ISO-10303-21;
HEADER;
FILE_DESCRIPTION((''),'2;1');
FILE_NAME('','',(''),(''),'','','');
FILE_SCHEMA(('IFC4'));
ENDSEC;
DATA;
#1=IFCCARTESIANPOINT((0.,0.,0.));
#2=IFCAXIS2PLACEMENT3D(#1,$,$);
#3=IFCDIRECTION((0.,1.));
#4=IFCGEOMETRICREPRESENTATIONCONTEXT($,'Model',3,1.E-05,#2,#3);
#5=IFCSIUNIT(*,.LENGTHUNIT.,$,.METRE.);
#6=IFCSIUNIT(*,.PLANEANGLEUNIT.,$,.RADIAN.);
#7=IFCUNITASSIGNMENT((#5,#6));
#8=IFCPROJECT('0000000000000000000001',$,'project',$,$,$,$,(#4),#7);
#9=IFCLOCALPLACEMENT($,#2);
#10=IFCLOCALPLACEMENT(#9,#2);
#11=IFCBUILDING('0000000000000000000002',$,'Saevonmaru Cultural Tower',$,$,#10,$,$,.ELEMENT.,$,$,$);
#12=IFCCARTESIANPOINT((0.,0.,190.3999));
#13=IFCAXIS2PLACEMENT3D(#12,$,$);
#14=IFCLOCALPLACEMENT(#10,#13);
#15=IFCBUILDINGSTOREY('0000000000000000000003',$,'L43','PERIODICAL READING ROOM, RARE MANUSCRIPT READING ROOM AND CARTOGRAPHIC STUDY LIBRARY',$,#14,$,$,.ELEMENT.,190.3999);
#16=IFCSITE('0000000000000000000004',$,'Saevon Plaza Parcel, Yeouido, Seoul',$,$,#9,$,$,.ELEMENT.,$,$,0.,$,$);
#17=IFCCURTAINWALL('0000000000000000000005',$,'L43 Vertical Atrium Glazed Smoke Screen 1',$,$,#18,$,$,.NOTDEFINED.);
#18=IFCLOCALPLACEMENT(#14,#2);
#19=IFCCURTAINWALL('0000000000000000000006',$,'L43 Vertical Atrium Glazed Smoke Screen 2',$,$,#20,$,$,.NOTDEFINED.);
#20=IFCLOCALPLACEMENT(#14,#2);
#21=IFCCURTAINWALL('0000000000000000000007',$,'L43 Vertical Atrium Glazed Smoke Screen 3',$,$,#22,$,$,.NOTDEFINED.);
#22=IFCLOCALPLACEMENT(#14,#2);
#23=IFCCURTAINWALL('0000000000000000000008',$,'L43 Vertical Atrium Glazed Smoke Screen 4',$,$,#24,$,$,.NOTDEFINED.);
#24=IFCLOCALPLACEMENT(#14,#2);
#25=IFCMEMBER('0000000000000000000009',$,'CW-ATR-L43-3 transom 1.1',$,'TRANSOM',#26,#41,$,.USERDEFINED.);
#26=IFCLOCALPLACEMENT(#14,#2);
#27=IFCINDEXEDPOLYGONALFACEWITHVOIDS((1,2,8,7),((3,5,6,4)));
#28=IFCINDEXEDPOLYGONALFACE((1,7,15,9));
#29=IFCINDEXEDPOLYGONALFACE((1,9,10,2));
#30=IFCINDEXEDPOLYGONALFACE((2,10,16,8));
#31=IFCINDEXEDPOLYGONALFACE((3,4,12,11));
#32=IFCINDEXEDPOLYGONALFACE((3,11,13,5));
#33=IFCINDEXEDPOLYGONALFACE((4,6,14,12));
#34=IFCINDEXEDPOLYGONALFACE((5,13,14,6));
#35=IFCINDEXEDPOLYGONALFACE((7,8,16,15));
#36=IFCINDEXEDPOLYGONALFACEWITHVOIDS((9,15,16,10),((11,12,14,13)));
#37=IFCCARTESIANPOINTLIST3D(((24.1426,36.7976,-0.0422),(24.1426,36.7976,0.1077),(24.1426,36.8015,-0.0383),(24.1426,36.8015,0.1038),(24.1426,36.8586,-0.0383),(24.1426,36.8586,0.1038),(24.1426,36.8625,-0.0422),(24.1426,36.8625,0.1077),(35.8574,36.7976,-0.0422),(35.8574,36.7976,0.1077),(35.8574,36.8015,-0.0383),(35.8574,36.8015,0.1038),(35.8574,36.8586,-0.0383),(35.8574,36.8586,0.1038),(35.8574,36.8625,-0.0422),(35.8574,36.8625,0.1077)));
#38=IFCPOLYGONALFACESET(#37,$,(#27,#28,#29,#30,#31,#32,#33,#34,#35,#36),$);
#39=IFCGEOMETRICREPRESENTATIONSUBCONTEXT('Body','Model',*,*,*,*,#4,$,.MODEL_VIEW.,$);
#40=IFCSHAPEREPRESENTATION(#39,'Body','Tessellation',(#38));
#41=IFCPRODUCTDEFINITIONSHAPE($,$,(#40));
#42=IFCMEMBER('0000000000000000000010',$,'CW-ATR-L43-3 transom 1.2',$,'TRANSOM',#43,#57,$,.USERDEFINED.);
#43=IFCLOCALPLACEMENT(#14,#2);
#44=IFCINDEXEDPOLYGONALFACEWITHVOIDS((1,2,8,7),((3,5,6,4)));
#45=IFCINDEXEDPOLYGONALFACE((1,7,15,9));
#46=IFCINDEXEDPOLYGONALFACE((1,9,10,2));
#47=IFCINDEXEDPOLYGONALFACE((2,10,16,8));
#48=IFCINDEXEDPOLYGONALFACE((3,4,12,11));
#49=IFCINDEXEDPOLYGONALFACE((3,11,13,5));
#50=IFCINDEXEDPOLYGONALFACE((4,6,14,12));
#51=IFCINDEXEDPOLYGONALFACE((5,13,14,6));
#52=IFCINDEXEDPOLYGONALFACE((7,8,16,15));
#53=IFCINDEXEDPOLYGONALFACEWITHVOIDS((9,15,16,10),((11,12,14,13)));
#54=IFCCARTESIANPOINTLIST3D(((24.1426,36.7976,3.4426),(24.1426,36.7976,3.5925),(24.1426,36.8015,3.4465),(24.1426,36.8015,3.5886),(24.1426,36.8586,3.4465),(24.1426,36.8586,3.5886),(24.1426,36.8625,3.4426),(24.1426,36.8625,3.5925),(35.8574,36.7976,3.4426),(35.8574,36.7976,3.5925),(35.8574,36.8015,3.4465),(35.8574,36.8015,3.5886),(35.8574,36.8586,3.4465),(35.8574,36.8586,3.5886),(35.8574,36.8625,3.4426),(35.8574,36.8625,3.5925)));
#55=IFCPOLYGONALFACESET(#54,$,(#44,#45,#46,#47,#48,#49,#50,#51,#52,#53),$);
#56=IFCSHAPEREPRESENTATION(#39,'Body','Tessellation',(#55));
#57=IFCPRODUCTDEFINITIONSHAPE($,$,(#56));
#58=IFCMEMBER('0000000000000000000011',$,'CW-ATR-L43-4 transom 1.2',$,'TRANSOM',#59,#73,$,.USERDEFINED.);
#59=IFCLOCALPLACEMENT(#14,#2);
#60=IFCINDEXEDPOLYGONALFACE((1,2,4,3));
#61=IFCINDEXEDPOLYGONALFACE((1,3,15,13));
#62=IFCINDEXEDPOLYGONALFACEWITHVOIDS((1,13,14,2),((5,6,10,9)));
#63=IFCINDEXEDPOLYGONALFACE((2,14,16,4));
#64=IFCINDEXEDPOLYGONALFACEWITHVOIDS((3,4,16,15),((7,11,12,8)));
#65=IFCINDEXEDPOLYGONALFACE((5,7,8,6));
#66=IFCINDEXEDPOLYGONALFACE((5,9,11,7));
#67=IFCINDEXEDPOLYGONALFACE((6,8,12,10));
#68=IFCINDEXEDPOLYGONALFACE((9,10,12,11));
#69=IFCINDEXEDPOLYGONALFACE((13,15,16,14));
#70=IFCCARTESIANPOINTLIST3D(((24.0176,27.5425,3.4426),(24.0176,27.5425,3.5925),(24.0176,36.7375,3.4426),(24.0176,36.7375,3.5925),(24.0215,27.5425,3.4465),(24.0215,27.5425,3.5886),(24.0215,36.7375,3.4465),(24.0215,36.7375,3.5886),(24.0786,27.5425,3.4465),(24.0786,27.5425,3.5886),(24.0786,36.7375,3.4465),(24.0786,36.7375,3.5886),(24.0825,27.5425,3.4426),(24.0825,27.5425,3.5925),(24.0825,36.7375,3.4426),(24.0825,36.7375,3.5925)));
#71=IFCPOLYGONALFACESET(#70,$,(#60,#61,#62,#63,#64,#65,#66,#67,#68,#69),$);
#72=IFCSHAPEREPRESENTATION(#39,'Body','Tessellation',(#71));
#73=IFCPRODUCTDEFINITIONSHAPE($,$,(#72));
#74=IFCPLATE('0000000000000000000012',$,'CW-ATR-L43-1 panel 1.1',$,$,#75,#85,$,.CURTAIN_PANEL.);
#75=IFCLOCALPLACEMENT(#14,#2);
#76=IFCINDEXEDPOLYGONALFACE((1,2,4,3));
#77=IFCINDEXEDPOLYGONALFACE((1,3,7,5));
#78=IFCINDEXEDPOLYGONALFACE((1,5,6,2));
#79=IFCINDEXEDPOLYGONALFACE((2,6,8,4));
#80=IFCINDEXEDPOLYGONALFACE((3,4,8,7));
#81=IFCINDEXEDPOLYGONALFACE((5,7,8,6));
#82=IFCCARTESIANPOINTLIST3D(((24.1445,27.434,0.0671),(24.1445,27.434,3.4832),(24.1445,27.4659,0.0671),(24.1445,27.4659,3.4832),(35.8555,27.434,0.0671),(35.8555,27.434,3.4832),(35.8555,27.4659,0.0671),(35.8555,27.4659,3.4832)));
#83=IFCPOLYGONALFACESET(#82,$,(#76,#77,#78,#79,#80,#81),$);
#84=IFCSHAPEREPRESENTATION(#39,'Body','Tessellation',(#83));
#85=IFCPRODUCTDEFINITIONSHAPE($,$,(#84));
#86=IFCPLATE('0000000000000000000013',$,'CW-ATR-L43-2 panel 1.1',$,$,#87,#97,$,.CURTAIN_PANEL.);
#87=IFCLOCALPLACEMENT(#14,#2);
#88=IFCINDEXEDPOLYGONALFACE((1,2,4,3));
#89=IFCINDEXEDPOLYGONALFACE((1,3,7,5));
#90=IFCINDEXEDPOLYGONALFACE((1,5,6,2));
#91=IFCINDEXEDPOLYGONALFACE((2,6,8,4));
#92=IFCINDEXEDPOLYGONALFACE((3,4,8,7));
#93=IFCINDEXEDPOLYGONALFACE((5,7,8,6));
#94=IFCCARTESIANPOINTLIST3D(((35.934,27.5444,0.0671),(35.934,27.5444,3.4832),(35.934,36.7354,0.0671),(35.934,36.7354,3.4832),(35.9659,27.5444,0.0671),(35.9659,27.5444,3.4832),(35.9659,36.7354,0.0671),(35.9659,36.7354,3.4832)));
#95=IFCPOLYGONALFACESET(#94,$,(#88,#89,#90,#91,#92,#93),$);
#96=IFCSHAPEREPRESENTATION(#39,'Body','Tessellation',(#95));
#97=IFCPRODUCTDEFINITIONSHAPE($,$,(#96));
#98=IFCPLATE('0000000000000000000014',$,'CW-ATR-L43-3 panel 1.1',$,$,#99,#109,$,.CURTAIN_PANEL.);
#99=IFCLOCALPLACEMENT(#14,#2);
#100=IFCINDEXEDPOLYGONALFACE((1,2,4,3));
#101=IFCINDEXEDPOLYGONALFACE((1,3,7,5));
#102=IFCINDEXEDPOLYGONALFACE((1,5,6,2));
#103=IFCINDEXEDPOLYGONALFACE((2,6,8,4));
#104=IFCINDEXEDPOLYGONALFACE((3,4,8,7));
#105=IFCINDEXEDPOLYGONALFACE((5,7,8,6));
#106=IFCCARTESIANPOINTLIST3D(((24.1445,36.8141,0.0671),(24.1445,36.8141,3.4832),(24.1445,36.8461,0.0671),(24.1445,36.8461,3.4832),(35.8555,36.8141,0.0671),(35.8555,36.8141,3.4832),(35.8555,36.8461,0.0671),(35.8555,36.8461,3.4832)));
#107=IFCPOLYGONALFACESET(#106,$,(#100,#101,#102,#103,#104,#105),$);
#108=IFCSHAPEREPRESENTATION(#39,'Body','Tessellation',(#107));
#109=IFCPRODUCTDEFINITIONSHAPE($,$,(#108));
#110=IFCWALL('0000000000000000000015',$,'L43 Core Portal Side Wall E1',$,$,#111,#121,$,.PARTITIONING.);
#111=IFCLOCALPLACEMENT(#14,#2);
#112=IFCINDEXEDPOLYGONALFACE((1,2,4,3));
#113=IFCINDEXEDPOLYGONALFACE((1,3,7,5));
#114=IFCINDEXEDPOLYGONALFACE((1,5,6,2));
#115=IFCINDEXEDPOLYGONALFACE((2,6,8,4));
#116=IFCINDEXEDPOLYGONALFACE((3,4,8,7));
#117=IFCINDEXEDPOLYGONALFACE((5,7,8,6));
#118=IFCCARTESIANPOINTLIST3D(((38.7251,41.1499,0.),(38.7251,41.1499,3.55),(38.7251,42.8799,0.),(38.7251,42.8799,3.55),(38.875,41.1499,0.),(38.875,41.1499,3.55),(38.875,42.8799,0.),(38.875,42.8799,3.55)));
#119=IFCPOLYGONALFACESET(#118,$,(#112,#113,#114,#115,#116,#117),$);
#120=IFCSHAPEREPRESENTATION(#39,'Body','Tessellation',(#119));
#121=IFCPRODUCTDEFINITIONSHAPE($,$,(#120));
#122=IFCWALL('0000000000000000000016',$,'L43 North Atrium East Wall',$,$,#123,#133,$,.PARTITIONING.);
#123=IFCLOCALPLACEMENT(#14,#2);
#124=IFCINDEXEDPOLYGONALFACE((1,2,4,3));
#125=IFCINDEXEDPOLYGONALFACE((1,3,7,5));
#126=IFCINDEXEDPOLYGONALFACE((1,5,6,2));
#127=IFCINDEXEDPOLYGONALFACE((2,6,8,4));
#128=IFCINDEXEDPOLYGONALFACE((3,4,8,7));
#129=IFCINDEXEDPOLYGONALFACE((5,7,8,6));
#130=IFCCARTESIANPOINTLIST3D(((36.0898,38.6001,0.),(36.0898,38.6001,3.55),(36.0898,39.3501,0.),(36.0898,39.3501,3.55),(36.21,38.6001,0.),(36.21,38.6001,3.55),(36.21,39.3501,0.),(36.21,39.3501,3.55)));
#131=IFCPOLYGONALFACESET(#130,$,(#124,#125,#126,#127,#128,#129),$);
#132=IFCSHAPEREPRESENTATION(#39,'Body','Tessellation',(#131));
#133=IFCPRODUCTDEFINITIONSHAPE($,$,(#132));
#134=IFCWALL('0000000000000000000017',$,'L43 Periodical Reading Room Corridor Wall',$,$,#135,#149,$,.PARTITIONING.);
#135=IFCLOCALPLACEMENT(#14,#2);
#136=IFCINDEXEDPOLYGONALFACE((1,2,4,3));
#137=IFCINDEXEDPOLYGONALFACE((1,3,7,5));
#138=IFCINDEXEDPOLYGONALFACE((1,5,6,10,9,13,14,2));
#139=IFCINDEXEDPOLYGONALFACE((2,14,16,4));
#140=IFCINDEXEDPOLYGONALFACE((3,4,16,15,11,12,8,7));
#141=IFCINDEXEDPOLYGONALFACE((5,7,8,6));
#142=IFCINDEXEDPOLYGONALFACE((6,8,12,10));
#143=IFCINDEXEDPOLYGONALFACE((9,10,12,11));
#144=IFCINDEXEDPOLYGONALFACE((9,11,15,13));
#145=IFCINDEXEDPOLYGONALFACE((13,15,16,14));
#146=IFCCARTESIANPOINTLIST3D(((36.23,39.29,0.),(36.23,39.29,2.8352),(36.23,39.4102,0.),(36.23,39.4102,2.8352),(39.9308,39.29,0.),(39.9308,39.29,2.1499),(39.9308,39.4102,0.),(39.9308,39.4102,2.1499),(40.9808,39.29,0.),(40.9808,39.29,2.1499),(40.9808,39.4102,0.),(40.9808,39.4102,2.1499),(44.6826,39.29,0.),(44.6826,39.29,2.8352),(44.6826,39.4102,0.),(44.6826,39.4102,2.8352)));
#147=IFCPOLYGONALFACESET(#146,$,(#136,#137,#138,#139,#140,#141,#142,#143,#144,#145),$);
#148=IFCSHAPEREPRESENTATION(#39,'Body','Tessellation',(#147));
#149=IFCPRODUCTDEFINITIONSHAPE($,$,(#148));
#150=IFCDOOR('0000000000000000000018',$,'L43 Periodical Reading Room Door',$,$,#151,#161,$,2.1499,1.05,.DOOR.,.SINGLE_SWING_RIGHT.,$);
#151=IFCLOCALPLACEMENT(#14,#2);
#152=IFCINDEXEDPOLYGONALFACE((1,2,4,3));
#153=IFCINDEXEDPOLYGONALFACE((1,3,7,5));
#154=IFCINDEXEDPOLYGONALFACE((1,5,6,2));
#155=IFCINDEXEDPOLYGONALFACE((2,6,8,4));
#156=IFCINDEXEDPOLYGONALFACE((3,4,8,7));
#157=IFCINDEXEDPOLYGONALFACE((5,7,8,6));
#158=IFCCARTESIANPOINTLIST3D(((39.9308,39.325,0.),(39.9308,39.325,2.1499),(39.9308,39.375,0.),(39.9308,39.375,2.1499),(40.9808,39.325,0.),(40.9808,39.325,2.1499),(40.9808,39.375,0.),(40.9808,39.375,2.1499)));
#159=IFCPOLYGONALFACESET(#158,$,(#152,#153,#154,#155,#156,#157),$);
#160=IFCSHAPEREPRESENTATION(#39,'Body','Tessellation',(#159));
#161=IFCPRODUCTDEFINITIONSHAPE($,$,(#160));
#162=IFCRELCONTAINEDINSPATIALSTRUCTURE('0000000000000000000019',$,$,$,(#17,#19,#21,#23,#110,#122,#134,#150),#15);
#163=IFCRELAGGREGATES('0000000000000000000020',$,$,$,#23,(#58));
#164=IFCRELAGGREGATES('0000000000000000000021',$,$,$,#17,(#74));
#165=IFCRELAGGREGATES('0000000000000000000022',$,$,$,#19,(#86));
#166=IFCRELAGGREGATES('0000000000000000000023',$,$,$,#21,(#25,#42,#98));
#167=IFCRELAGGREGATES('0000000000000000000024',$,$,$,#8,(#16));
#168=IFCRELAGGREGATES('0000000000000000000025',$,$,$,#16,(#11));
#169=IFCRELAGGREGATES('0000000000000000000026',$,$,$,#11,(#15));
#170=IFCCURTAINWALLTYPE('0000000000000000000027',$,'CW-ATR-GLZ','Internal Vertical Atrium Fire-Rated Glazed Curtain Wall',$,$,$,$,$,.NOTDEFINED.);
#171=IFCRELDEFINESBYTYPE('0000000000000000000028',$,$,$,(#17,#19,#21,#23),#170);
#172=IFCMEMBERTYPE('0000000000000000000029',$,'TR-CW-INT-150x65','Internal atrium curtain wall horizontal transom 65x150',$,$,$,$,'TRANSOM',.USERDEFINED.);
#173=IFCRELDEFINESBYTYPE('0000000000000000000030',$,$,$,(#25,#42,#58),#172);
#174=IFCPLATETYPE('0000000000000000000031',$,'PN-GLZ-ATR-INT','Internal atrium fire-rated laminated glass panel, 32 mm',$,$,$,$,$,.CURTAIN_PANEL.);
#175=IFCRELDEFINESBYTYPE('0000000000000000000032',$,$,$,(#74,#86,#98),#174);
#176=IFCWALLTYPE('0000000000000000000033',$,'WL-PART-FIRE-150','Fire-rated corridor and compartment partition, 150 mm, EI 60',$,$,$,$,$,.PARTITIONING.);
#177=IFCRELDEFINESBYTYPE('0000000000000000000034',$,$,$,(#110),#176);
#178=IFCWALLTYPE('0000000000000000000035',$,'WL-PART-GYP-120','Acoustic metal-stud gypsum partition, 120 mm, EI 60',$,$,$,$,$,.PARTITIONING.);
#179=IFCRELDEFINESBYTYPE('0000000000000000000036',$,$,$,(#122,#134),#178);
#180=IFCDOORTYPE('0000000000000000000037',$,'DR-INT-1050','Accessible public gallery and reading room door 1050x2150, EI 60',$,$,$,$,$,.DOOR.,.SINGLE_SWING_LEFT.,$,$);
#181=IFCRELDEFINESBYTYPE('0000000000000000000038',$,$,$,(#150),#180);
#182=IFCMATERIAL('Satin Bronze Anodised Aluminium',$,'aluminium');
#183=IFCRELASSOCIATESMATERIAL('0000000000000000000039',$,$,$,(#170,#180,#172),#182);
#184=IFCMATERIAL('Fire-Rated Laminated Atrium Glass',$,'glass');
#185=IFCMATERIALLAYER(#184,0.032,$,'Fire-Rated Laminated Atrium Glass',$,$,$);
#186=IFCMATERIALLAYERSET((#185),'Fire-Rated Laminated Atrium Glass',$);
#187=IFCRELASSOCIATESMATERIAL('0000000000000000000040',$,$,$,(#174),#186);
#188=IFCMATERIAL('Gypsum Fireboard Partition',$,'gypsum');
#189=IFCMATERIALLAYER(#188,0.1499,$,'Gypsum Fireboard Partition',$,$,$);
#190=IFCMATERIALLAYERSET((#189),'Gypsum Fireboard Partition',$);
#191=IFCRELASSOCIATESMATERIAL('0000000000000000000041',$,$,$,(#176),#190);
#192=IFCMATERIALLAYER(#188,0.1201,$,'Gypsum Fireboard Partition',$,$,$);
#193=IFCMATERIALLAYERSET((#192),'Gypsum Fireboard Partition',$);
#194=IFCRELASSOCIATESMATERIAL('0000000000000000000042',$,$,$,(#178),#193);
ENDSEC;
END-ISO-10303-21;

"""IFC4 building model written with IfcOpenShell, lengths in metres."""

from ifc_helpers import new_model, si_unit, direction, frame, frame_2d, origin, origin_2d, place, context, subcontext, project, spatial, rectangle, hollow_rectangle, extrude, material, layer, layer_set, material_profile, profile_set, type_object, element, fill, aggregate, save


model = new_model("IFC4")

# Units and contexts
model_context = context("Model", 3, precision=1e-05, world=origin(), true_north=direction((0.0, 1.0)))
body_context = subcontext(model_context, "Body", "Model", "MODEL_VIEW")
ifc_project = project(units=[si_unit("LENGTHUNIT", "METRE"), si_unit("PLANEANGLEUNIT", "RADIAN")], contexts=[model_context])

# Site, building, storey
site_placement = place(None, origin())
site = spatial("IfcSite", under=ifc_project, at=site_placement, Name="Saevon Plaza Parcel, Yeouido, Seoul", CompositionType="ELEMENT", RefElevation=0.0)
building_placement = place(site_placement, origin())
building = spatial("IfcBuilding", under=site, at=building_placement, Name="Saevonmaru Cultural Tower", CompositionType="ELEMENT")
storey_placement = place(building_placement, frame((0.0, 0.0, 190.3999)))
storey = spatial("IfcBuildingStorey", under=building, at=storey_placement, Name="L43", Description="PERIODICAL READING ROOM, RARE MANUSCRIPT READING ROOM AND CARTOGRAPHIC STUDY LIBRARY", CompositionType="ELEMENT", Elevation=190.3999)

# Curtain walls
ifc_material_1 = material(Name="Satin Bronze Anodised Aluminium", Category="aluminium")
curtain_wall_type = type_object("IfcCurtainWallType", Name="CW-ATR-GLZ", Description="Internal Vertical Atrium Fire-Rated Glazed Curtain Wall", PredefinedType="NOTDEFINED", material=ifc_material_1)
curtain_wall_1_placement = place(storey_placement, origin())
curtain_wall_1 = element("IfcCurtainWall", 1, at=curtain_wall_1_placement, inside=storey, type_object=curtain_wall_type, Name="L43 Vertical Atrium Glazed Smoke Screen 1", PredefinedType="NOTDEFINED")
curtain_wall_2_placement = place(storey_placement, origin())
curtain_wall_2 = element("IfcCurtainWall", 2, at=curtain_wall_2_placement, inside=storey, type_object=curtain_wall_type, Name="L43 Vertical Atrium Glazed Smoke Screen 2", PredefinedType="NOTDEFINED")
curtain_wall_3_placement = place(storey_placement, origin())
curtain_wall_3 = element("IfcCurtainWall", 3, at=curtain_wall_3_placement, inside=storey, type_object=curtain_wall_type, Name="L43 Vertical Atrium Glazed Smoke Screen 3", PredefinedType="NOTDEFINED")

# Curtain wall
curtain_wall_4_placement = place(storey_placement, origin())
curtain_wall_4 = element("IfcCurtainWall", 4, at=curtain_wall_4_placement, inside=storey, type_object=curtain_wall_type, Name="L43 Vertical Atrium Glazed Smoke Screen 4", PredefinedType="NOTDEFINED")

# Members
ifc_material_profile_1 = material_profile(ifc_material_1, hollow_rectangle(XDim=0.0649, YDim=0.1499, WallThickness=0.0039, at=origin_2d()), Name="ALU-TRAN-150x65x4")
ifc_profile_set_1 = profile_set([ifc_material_profile_1], Name="Satin Bronze Anodised Aluminium")
member_type_1 = type_object("IfcMemberType", Name="TR-CW-INT-150x65", Description="Internal atrium curtain wall horizontal transom 65x150", ElementType="TRANSOM", PredefinedType="USERDEFINED", material=ifc_profile_set_1)
member_1_placement = place(storey_placement, frame((35.8574, 36.8301, 0.0327), z_axis=(-1.0, 0.0, 0.0), x_axis=(0.0, -1.0, 0.0)))
member_1 = element("IfcMember", 5, at=member_1_placement, type_object=member_type_1, Name="CW-ATR-L43-3 transom 1.1", ObjectType="TRANSOM", PredefinedType="USERDEFINED", context=body_context, shape_type="SweptSolid", body=[
    extrude(hollow_rectangle(XDim=0.0649, YDim=0.1499, WallThickness=0.0039, at=origin_2d()), origin(), (0.0, 0.0, 1.0), 11.7148),
])
member_2_placement = place(storey_placement, frame((35.8574, 36.8301, 3.5176), z_axis=(-1.0, 0.0, 0.0), x_axis=(0.0, -1.0, 0.0)))
member_2 = element("IfcMember", 6, at=member_2_placement, type_object=member_type_1, Name="CW-ATR-L43-3 transom 1.2", ObjectType="TRANSOM", PredefinedType="USERDEFINED", context=body_context, shape_type="SweptSolid", body=[
    extrude(hollow_rectangle(XDim=0.0649, YDim=0.1499, WallThickness=0.0039, at=origin_2d()), origin(), (0.0, 0.0, 1.0), 11.7148),
])
member_3_placement = place(storey_placement, frame((24.05, 36.7375, 3.5176), z_axis=(0.0, -1.0, 0.0), x_axis=(1.0, 0.0, 0.0)))
member_3 = element("IfcMember", 7, at=member_3_placement, type_object=member_type_1, Name="CW-ATR-L43-4 transom 1.2", ObjectType="TRANSOM", PredefinedType="USERDEFINED", context=body_context, shape_type="SweptSolid", body=[
    extrude(hollow_rectangle(XDim=0.0649, YDim=0.1499, WallThickness=0.0039, at=origin_2d()), origin(), (0.0, 0.0, 1.0), 9.1951),
])
aggregate(curtain_wall_4, [member_3])

# Plates
ifc_material_2 = material(Name="Fire-Rated Laminated Atrium Glass", Category="glass")
ifc_layer_1 = layer(ifc_material_2, 0.032, Name="Fire-Rated Laminated Atrium Glass")
ifc_layer_set_1 = layer_set([ifc_layer_1], Name="Fire-Rated Laminated Atrium Glass")
plate_type = type_object("IfcPlateType", Name="PN-GLZ-ATR-INT", Description="Internal atrium fire-rated laminated glass panel, 32 mm", PredefinedType="CURTAIN_PANEL", material=ifc_layer_set_1)
plate_1_placement = place(storey_placement, frame((30.0, 27.45, 0.0671), z_axis=(0.0, 0.0, 1.0), x_axis=(1.0, 0.0, 0.0)))
plate_1 = element("IfcPlate", 8, at=plate_1_placement, type_object=plate_type, Name="CW-ATR-L43-1 panel 1.1", PredefinedType="CURTAIN_PANEL", context=body_context, shape_type="SweptSolid", body=[
    extrude(rectangle(XDim=11.7109, YDim=0.032, at=origin_2d()), origin(), (0.0, 0.0, 1.0), 3.416),
])
aggregate(curtain_wall_1, [plate_1])
plate_2_placement = place(storey_placement, frame((35.95, 32.1399, 0.0671), z_axis=(0.0, 0.0, 1.0), x_axis=(0.0, 1.0, 0.0)))
plate_2 = element("IfcPlate", 9, at=plate_2_placement, type_object=plate_type, Name="CW-ATR-L43-2 panel 1.1", PredefinedType="CURTAIN_PANEL", context=body_context, shape_type="SweptSolid", body=[
    extrude(rectangle(XDim=9.1909, YDim=0.032, at=origin_2d()), origin(), (0.0, 0.0, 1.0), 3.416),
])
aggregate(curtain_wall_2, [plate_2])
plate_3_placement = place(storey_placement, frame((30.0, 36.8301, 0.0671), z_axis=(0.0, 0.0, 1.0), x_axis=(-1.0, 0.0, 0.0)))
plate_3 = element("IfcPlate", 10, at=plate_3_placement, type_object=plate_type, Name="CW-ATR-L43-3 panel 1.1", PredefinedType="CURTAIN_PANEL", context=body_context, shape_type="SweptSolid", body=[
    extrude(rectangle(XDim=11.7109, YDim=0.032, at=origin_2d()), origin(), (0.0, 0.0, 1.0), 3.416),
])
aggregate(curtain_wall_3, [member_1, member_2, plate_3])

# Walls
ifc_material_3 = material(Name="Gypsum Fireboard Partition", Category="gypsum")
ifc_layer_2 = layer(ifc_material_3, 0.1499, Name="Gypsum Fireboard Partition")
ifc_layer_set_2 = layer_set([ifc_layer_2], Name="Gypsum Fireboard Partition")
wall_type_1 = type_object("IfcWallType", Name="WL-PART-FIRE-150", Description="Fire-rated corridor and compartment partition, 150 mm, EI 60", PredefinedType="PARTITIONING", material=ifc_layer_set_2)
wall_1_placement = place(storey_placement, frame((38.8, 41.1499, 0.0), z_axis=(0.0, 0.0, 1.0), x_axis=(0.0, 1.0, 0.0)))
element("IfcWall", 11, at=wall_1_placement, inside=storey, type_object=wall_type_1, Name="L43 Core Portal Side Wall E1", PredefinedType="PARTITIONING", context=body_context, shape_type="SweptSolid", body=[
    extrude(rectangle(XDim=1.73, YDim=0.1499, at=frame_2d((0.865, 0.0))), origin(), (0.0, 0.0, 1.0), 3.55),
])
ifc_layer_3 = layer(ifc_material_3, 0.1201, Name="Gypsum Fireboard Partition")
ifc_layer_set_3 = layer_set([ifc_layer_3], Name="Gypsum Fireboard Partition")
wall_type_2 = type_object("IfcWallType", Name="WL-PART-GYP-120", Description="Acoustic metal-stud gypsum partition, 120 mm, EI 60", PredefinedType="PARTITIONING", material=ifc_layer_set_3)
wall_2_placement = place(storey_placement, frame((36.1499, 38.6001, 0.0), z_axis=(0.0, 0.0, 1.0), x_axis=(0.0, 1.0, 0.0)))
element("IfcWall", 12, at=wall_2_placement, inside=storey, type_object=wall_type_2, Name="L43 North Atrium East Wall", PredefinedType="PARTITIONING", context=body_context, shape_type="SweptSolid", body=[
    extrude(rectangle(XDim=0.75, YDim=0.1201, at=frame_2d((0.375, 0.0))), origin(), (0.0, 0.0, 1.0), 3.55),
])

# Wall, opening, door
wall_3_placement = place(storey_placement, frame((36.23, 39.3501, 0.0), z_axis=(0.0, 0.0, 1.0), x_axis=(1.0, 0.0, 0.0)))
wall_3 = element("IfcWall", 13, at=wall_3_placement, inside=storey, type_object=wall_type_2, Name="L43 Periodical Reading Room Corridor Wall", PredefinedType="PARTITIONING", context=body_context, shape_type="SweptSolid", body=[
    extrude(rectangle(XDim=8.4526, YDim=0.1201, at=frame_2d((4.2263, 0.0))), origin(), (0.0, 0.0, 1.0), 2.8352),
])
opening_placement = place(wall_3_placement, frame((3.7009, 0.0, 0.0)))
opening = element("IfcOpeningElement", 14, at=opening_placement, cuts=wall_3, PredefinedType="OPENING", context=body_context, shape_type="SweptSolid", body=[
    extrude(rectangle(XDim=1.05, YDim=2.1499, at=frame_2d((0.5249, 1.075))), frame((0.0, 0.0701, 0.0), z_axis=(0.0, -1.0, 0.0), x_axis=(1.0, 0.0, 0.0)), (0.0, 0.0, 1.0), 0.1401),
])
door_type = type_object("IfcDoorType", Name="DR-INT-1050", Description="Accessible public gallery and reading room door 1050x2150, EI 60", OperationType="SINGLE_SWING_LEFT", PredefinedType="DOOR", material=ifc_material_1)
door_placement = place(opening_placement, origin())
door = element("IfcDoor", 15, at=door_placement, inside=storey, type_object=door_type, Name="L43 Periodical Reading Room Door", OperationType="SINGLE_SWING_RIGHT", OverallHeight=2.1499, OverallWidth=1.05, PredefinedType="DOOR", context=body_context, shape_type="SweptSolid", body=[
    extrude(rectangle(XDim=1.05, YDim=2.1499, at=frame_2d((0.5249, 1.075))), frame((0.0, 0.0249, 0.0), z_axis=(0.0, -1.0, 0.0), x_axis=(1.0, 0.0, 0.0)), (0.0, 0.0, 1.0), 0.05),
])
fill(opening, door)

save(model, "model.ifc")
